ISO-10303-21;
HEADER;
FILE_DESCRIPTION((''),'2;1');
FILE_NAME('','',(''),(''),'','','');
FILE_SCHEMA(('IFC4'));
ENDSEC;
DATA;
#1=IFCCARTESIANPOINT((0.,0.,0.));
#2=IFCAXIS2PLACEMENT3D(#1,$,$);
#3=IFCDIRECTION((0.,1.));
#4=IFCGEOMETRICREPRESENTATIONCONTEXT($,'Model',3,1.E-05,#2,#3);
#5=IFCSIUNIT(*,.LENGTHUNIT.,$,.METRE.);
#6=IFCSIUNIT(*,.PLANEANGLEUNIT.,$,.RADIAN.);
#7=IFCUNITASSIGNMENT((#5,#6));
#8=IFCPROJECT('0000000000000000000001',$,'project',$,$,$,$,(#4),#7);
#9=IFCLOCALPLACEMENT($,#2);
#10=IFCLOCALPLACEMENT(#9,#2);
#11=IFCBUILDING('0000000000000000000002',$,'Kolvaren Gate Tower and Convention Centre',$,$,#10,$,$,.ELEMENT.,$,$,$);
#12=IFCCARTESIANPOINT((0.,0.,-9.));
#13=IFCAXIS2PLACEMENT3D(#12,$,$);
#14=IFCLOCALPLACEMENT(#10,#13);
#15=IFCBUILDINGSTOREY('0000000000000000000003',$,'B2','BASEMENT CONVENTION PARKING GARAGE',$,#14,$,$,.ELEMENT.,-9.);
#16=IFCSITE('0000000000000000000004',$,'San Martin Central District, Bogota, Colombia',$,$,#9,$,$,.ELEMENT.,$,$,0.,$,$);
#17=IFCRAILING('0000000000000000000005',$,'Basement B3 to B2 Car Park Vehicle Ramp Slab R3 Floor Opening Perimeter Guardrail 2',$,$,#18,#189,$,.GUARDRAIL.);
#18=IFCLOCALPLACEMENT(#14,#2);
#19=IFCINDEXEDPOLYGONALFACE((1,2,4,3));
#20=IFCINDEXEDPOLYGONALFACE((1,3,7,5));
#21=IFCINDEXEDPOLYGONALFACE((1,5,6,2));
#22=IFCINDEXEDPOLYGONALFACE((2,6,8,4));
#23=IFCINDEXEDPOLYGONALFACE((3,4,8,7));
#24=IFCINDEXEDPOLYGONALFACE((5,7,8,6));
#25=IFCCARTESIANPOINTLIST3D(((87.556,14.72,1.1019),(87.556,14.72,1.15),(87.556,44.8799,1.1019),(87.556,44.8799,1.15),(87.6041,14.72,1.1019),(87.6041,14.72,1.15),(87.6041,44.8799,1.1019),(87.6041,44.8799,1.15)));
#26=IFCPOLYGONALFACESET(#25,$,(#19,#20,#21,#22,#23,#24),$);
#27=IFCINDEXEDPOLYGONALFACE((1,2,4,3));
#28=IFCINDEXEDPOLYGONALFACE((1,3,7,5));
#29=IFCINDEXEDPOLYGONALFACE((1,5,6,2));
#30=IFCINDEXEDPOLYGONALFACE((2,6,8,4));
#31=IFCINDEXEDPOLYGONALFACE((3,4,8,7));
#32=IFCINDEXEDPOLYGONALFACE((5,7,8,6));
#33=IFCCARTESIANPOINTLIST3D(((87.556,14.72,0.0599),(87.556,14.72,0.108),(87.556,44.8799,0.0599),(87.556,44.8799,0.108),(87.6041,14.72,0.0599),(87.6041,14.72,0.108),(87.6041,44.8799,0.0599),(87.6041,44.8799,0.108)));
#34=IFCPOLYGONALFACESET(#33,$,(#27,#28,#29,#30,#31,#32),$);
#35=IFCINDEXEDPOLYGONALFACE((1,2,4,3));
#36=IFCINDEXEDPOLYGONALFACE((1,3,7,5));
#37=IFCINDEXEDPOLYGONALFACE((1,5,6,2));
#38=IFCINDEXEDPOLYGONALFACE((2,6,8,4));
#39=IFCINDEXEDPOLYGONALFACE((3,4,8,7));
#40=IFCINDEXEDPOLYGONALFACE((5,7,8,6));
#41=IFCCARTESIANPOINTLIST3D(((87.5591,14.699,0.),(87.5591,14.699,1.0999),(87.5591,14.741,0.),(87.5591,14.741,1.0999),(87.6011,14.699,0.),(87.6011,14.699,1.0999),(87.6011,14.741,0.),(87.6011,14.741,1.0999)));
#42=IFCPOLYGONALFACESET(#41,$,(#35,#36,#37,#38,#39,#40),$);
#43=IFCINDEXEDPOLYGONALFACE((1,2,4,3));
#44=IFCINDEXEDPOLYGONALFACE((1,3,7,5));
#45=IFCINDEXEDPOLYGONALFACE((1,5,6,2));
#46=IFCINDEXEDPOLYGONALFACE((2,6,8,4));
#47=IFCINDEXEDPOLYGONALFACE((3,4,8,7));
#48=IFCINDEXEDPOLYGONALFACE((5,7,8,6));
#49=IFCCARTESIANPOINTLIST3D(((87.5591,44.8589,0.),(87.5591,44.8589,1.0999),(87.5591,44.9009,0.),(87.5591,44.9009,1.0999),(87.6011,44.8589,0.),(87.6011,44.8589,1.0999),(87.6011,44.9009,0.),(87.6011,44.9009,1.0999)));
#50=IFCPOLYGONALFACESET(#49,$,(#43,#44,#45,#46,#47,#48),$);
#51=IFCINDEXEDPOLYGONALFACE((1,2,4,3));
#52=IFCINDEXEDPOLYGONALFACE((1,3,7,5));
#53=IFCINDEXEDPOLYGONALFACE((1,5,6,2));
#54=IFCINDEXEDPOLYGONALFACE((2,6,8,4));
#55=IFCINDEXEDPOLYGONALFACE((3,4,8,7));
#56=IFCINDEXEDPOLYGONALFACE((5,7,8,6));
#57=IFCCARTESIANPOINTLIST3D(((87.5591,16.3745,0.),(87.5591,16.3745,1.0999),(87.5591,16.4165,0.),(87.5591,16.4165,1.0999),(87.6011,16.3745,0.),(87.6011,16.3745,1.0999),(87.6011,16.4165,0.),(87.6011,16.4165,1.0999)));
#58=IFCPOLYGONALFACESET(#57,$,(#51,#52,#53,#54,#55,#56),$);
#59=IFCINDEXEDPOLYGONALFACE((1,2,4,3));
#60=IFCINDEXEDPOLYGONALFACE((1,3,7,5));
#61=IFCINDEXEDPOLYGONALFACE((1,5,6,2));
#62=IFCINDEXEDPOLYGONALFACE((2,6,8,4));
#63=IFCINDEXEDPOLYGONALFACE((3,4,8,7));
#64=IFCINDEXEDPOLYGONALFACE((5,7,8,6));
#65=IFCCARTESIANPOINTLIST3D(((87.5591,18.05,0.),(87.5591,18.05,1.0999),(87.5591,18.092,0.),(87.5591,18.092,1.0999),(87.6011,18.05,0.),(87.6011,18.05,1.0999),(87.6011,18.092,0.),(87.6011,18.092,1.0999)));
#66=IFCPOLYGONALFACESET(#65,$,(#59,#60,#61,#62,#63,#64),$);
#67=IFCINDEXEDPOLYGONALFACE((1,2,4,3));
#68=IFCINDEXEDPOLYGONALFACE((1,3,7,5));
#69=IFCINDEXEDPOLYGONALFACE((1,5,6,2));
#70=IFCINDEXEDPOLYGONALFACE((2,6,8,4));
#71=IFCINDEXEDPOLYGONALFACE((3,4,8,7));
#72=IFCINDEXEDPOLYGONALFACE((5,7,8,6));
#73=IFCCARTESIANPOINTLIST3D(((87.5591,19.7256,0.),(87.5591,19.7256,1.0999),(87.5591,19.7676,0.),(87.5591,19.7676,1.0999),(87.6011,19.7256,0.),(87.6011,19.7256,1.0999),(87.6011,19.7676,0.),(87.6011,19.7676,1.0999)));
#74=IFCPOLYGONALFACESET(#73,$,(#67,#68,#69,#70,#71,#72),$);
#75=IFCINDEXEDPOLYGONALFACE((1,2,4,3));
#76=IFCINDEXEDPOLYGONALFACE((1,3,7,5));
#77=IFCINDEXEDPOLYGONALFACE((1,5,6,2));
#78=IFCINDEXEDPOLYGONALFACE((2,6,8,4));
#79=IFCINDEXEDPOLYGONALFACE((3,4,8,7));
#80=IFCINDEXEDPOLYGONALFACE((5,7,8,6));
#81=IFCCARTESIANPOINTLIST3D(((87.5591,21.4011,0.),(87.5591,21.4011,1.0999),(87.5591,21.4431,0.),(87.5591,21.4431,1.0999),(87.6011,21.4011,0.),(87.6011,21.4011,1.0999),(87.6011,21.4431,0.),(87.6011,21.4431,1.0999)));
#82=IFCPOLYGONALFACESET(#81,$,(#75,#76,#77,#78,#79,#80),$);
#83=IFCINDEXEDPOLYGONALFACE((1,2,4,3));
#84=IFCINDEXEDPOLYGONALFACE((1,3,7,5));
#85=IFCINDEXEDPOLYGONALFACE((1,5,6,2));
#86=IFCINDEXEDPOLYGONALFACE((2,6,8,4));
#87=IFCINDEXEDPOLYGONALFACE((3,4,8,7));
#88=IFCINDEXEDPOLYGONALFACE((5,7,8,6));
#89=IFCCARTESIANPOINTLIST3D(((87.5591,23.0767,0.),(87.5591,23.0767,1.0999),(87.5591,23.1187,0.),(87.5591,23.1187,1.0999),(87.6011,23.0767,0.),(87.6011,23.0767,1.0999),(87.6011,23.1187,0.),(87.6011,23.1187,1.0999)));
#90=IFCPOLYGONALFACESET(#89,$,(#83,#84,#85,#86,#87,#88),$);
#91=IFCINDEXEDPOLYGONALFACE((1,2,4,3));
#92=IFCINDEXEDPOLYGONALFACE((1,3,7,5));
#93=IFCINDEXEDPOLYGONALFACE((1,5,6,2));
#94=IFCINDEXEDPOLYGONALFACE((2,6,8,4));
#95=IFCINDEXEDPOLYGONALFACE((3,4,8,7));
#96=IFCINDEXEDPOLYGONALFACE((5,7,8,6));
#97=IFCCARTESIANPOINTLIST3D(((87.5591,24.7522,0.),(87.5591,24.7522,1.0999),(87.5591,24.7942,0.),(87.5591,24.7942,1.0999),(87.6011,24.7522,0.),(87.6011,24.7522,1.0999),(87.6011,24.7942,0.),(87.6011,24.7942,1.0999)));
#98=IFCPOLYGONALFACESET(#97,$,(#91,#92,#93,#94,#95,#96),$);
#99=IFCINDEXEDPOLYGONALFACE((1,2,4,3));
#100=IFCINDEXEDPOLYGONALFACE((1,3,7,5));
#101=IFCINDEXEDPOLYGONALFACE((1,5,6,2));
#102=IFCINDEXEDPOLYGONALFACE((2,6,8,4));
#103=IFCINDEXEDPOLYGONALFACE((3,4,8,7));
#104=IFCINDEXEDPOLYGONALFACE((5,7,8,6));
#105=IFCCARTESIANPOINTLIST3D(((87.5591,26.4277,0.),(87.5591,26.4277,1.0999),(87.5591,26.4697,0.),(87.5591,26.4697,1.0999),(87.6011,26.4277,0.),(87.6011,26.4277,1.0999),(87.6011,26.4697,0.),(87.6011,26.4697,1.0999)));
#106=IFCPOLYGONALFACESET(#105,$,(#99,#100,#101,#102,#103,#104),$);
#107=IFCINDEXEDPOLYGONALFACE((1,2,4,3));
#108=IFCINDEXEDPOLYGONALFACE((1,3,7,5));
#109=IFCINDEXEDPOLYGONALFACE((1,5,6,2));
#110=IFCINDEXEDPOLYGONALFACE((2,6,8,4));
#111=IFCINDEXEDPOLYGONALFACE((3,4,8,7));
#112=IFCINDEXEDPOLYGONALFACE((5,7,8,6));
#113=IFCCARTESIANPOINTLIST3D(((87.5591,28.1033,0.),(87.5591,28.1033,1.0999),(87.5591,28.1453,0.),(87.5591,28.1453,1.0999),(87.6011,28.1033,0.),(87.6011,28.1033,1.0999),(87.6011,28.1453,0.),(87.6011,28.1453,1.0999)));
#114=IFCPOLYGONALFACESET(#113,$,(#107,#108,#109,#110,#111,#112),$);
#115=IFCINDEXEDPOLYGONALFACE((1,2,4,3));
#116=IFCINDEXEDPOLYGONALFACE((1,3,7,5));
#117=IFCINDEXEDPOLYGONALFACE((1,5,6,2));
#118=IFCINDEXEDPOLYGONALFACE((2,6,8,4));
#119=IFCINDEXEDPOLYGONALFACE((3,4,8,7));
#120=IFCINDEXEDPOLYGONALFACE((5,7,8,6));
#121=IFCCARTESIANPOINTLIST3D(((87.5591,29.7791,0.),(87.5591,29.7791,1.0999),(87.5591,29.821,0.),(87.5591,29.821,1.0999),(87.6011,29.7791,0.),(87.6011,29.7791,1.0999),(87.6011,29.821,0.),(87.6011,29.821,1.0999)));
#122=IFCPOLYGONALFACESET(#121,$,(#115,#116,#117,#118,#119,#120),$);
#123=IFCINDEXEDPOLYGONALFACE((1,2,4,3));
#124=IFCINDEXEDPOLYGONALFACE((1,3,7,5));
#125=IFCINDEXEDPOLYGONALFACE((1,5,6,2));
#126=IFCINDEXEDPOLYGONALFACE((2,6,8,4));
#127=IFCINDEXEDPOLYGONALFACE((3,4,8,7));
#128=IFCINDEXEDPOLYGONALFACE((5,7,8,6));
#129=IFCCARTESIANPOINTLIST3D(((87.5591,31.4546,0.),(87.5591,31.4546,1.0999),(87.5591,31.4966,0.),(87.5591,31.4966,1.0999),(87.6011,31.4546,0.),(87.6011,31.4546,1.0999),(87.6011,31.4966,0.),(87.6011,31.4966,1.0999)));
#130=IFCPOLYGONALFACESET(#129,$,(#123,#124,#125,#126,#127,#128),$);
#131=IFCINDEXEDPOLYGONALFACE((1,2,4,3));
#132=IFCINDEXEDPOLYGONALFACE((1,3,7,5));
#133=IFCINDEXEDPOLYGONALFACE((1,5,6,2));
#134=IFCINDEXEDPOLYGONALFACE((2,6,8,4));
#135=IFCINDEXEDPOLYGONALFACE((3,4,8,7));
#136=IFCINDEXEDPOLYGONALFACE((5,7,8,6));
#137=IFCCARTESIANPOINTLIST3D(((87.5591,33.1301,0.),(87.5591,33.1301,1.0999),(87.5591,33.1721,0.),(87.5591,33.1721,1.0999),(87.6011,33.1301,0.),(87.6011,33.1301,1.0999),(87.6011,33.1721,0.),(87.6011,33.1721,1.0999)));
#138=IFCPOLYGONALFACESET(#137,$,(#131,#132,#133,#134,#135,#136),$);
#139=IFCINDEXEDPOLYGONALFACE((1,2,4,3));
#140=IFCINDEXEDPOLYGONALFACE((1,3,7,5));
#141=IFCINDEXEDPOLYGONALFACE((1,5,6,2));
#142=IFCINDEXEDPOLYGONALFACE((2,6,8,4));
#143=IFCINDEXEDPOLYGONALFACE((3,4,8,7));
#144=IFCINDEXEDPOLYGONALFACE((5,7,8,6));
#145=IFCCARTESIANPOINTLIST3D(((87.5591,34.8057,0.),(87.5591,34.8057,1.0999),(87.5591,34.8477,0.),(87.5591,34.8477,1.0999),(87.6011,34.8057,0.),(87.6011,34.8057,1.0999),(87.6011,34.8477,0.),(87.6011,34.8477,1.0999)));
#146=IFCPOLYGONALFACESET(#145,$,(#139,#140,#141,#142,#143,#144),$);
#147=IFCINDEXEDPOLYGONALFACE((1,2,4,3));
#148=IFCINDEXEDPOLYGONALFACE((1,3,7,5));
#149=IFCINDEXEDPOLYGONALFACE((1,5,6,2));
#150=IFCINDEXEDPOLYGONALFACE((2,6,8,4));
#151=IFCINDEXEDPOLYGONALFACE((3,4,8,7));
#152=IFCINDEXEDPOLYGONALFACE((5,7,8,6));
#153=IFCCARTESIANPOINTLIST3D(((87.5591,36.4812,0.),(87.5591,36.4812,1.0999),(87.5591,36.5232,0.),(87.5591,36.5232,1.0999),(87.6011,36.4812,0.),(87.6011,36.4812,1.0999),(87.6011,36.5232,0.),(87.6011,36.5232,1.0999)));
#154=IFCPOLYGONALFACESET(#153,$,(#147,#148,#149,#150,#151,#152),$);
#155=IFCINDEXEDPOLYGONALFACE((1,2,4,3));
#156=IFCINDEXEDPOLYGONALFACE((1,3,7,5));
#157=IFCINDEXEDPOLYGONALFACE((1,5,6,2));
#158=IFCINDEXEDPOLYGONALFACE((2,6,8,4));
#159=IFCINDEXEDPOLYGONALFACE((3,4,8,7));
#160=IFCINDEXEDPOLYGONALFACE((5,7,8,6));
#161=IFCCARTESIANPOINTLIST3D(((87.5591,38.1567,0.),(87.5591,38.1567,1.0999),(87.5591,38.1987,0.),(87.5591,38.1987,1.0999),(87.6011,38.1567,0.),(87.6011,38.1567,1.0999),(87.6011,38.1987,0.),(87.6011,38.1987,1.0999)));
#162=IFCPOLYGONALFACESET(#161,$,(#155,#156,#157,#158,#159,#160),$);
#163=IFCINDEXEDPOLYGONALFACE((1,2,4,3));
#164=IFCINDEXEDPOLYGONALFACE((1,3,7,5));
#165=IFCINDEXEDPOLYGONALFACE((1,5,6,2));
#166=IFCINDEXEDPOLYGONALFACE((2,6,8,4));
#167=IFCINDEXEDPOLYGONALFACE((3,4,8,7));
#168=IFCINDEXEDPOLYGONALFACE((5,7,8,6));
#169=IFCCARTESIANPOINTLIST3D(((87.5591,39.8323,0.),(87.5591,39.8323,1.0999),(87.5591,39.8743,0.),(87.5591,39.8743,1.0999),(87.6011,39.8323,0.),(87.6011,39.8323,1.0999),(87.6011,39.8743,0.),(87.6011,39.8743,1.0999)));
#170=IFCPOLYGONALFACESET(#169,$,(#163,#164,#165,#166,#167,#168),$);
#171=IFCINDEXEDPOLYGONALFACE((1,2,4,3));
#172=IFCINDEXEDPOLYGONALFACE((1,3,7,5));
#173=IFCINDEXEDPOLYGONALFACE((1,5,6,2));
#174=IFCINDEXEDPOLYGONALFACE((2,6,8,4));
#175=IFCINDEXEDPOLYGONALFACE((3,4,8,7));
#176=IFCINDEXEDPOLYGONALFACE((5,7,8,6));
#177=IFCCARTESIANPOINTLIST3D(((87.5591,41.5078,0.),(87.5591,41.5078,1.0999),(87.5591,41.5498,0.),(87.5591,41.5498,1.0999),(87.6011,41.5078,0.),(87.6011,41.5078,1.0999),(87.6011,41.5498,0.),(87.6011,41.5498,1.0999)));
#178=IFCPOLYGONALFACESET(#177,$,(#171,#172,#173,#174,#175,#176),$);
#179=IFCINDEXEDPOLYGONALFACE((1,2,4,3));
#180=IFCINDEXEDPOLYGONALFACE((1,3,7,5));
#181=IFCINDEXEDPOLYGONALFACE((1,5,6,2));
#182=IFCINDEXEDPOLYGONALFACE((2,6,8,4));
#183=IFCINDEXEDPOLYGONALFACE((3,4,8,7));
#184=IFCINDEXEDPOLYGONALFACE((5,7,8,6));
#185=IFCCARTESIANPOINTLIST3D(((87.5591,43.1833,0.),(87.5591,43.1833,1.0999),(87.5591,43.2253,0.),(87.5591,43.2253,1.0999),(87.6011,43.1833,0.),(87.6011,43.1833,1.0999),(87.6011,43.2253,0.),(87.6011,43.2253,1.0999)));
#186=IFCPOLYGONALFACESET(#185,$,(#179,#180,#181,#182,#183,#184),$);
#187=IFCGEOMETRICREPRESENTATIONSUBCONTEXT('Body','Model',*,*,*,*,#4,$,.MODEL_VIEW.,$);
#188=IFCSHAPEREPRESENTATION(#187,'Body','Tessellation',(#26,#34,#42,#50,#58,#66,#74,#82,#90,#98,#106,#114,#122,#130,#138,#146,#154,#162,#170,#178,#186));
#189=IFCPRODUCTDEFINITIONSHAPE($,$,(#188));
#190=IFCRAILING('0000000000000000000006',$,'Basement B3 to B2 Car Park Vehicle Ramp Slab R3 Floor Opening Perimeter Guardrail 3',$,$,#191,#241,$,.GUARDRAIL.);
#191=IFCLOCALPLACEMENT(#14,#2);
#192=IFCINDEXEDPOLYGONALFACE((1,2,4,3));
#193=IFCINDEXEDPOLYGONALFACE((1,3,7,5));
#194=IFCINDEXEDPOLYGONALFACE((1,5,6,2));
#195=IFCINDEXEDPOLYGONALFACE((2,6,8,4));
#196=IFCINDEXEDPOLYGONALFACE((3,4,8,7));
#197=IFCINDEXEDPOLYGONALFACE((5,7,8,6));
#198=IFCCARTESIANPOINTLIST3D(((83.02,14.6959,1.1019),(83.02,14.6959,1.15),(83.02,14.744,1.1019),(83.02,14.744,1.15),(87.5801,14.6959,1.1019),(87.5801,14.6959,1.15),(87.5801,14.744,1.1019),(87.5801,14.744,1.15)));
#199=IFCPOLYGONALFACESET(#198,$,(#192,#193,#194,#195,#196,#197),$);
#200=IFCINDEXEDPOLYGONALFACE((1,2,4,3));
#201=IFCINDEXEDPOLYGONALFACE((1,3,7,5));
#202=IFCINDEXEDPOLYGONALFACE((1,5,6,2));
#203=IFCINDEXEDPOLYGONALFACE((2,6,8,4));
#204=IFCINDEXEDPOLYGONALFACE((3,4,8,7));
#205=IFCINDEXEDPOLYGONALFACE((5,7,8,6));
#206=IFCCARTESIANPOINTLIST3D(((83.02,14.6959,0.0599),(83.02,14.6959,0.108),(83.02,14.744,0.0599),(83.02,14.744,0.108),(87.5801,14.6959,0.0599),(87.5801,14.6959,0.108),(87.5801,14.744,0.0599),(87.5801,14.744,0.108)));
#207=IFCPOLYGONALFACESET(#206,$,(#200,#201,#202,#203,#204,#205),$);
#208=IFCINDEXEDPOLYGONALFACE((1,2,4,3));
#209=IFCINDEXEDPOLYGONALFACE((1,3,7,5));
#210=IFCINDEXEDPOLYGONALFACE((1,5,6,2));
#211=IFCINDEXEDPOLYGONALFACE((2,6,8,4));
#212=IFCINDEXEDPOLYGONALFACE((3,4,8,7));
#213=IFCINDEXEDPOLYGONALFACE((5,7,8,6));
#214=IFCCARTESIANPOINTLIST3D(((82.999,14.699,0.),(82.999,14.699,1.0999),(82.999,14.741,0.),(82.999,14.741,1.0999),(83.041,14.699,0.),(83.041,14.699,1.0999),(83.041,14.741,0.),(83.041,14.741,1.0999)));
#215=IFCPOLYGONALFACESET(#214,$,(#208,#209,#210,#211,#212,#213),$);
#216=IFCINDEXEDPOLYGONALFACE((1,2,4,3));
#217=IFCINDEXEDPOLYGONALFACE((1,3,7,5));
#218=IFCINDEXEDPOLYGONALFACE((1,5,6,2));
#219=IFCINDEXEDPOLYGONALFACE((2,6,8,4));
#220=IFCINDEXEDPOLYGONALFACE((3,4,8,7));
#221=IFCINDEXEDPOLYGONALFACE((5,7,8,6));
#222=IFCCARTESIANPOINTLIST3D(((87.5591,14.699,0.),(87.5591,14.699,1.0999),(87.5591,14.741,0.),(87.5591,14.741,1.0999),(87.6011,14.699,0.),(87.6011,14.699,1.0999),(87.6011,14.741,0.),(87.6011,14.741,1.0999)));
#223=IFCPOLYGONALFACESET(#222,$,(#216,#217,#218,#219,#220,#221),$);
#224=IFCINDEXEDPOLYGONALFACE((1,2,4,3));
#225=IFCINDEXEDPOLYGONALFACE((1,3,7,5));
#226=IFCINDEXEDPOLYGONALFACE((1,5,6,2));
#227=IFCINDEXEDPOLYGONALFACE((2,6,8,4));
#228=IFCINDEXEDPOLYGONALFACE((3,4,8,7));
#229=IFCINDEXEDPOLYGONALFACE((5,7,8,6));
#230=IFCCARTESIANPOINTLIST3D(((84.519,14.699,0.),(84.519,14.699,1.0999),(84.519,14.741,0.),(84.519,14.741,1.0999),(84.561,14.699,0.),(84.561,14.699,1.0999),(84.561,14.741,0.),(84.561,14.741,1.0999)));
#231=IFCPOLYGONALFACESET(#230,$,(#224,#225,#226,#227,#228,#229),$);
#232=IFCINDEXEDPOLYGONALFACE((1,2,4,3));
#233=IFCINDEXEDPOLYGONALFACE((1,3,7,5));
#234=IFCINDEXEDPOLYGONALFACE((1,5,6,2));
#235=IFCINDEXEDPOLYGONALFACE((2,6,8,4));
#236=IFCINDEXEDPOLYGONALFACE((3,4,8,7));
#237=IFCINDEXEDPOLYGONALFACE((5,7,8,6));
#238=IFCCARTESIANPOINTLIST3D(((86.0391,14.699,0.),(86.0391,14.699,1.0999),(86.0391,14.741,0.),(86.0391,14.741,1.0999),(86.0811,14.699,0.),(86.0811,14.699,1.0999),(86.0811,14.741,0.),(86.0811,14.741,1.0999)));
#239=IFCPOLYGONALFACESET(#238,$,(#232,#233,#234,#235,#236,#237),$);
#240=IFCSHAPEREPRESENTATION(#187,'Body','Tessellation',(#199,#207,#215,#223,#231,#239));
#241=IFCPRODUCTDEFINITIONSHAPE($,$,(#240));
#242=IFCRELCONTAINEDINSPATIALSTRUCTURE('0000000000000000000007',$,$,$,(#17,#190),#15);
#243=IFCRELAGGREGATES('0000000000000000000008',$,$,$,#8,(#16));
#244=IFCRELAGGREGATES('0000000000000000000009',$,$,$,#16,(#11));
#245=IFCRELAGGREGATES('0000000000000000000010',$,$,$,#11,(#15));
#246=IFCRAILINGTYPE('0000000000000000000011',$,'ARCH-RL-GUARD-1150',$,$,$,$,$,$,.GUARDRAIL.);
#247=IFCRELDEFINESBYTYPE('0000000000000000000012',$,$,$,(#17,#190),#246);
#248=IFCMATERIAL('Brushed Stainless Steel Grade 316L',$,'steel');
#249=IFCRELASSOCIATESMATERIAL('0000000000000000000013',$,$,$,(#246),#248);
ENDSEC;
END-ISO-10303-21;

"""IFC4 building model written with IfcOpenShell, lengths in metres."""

from ifc_helpers import new_model, si_unit, direction, frame, origin, origin_2d, place, context, subcontext, project, spatial, rectangle, extrude, material, type_object, element, save


model = new_model("IFC4")

# Units and contexts
model_context = context("Model", 3, precision=1e-05, world=origin(), true_north=direction((0.0, 1.0)))
body_context = subcontext(model_context, "Body", "Model", "MODEL_VIEW")
ifc_project = project(units=[si_unit("LENGTHUNIT", "METRE"), si_unit("PLANEANGLEUNIT", "RADIAN")], contexts=[model_context])

# Site, building, storey
site_placement = place(None, origin())
site = spatial("IfcSite", under=ifc_project, at=site_placement, Name="San Martin Central District, Bogota, Colombia", CompositionType="ELEMENT", RefElevation=0.0)
building_placement = place(site_placement, origin())
building = spatial("IfcBuilding", under=site, at=building_placement, Name="Kolvaren Gate Tower and Convention Centre", CompositionType="ELEMENT")
storey_placement = place(building_placement, frame((0.0, 0.0, -9.0)))
storey = spatial("IfcBuildingStorey", under=building, at=storey_placement, Name="B2", Description="BASEMENT CONVENTION PARKING GARAGE", CompositionType="ELEMENT", Elevation=-9.0)

# Railings
ifc_material_1 = material(Name="Brushed Stainless Steel Grade 316L", Category="steel")
railing_type_1 = type_object("IfcRailingType", Name="ARCH-RL-GUARD-1150", PredefinedType="GUARDRAIL", material=ifc_material_1)
railing_1_placement = place(storey_placement, frame((87.5801, 14.72, 0.0)))
element("IfcRailing", 1, at=railing_1_placement, inside=storey, type_object=railing_type_1, Name="Basement B3 to B2 Car Park Vehicle Ramp Slab R3 Floor Opening Perimeter Guardrail 2", PredefinedType="GUARDRAIL", context=body_context, shape_type="SweptSolid", body=[
    extrude(rectangle(XDim=0.0481, YDim=0.0481, at=origin_2d()), frame((0.0, 0.0, 1.126), z_axis=(0.0, 1.0, 0.0), x_axis=(-1.0, 0.0, 0.0)), (0.0, 0.0, 1.0), 30.1599),
    extrude(rectangle(XDim=0.0481, YDim=0.0481, at=origin_2d()), frame((0.0, 0.0, 0.084), z_axis=(0.0, 1.0, 0.0), x_axis=(-1.0, 0.0, 0.0)), (0.0, 0.0, 1.0), 30.1599),
    extrude(rectangle(XDim=0.042, YDim=0.042, at=origin_2d()), origin(), (0.0, 0.0, 1.0), 1.0999),
    extrude(rectangle(XDim=0.042, YDim=0.042, at=origin_2d()), frame((0.0, 30.1599, 0.0)), (0.0, 0.0, 1.0), 1.0999),
    extrude(rectangle(XDim=0.042, YDim=0.042, at=origin_2d()), frame((0.0, 1.6755, 0.0)), (0.0, 0.0, 1.0), 1.0999),
    extrude(rectangle(XDim=0.042, YDim=0.042, at=origin_2d()), frame((0.0, 3.3511, 0.0)), (0.0, 0.0, 1.0), 1.0999),
    extrude(rectangle(XDim=0.042, YDim=0.042, at=origin_2d()), frame((0.0, 5.0266, 0.0)), (0.0, 0.0, 1.0), 1.0999),
    extrude(rectangle(XDim=0.042, YDim=0.042, at=origin_2d()), frame((0.0, 6.7021, 0.0)), (0.0, 0.0, 1.0), 1.0999),
    extrude(rectangle(XDim=0.042, YDim=0.042, at=origin_2d()), frame((0.0, 8.3777, 0.0)), (0.0, 0.0, 1.0), 1.0999),
    extrude(rectangle(XDim=0.042, YDim=0.042, at=origin_2d()), frame((0.0, 10.0532, 0.0)), (0.0, 0.0, 1.0), 1.0999),
    extrude(rectangle(XDim=0.042, YDim=0.042, at=origin_2d()), frame((0.0, 11.7288, 0.0)), (0.0, 0.0, 1.0), 1.0999),
    extrude(rectangle(XDim=0.042, YDim=0.042, at=origin_2d()), frame((0.0, 13.4043, 0.0)), (0.0, 0.0, 1.0), 1.0999),
    extrude(rectangle(XDim=0.042, YDim=0.042, at=origin_2d()), frame((0.0, 15.0801, 0.0)), (0.0, 0.0, 1.0), 1.0999),
    extrude(rectangle(XDim=0.042, YDim=0.042, at=origin_2d()), frame((0.0, 16.7556, 0.0)), (0.0, 0.0, 1.0), 1.0999),
    extrude(rectangle(XDim=0.042, YDim=0.042, at=origin_2d()), frame((0.0, 18.4312, 0.0)), (0.0, 0.0, 1.0), 1.0999),
    extrude(rectangle(XDim=0.042, YDim=0.042, at=origin_2d()), frame((0.0, 20.1067, 0.0)), (0.0, 0.0, 1.0), 1.0999),
    extrude(rectangle(XDim=0.042, YDim=0.042, at=origin_2d()), frame((0.0, 21.7822, 0.0)), (0.0, 0.0, 1.0), 1.0999),
    extrude(rectangle(XDim=0.042, YDim=0.042, at=origin_2d()), frame((0.0, 23.4578, 0.0)), (0.0, 0.0, 1.0), 1.0999),
    extrude(rectangle(XDim=0.042, YDim=0.042, at=origin_2d()), frame((0.0, 25.1333, 0.0)), (0.0, 0.0, 1.0), 1.0999),
    extrude(rectangle(XDim=0.042, YDim=0.042, at=origin_2d()), frame((0.0, 26.8088, 0.0)), (0.0, 0.0, 1.0), 1.0999),
    extrude(rectangle(XDim=0.042, YDim=0.042, at=origin_2d()), frame((0.0, 28.4844, 0.0)), (0.0, 0.0, 1.0), 1.0999),
])
railing_2_placement = place(storey_placement, frame((83.02, 14.72, 0.0)))
element("IfcRailing", 2, at=railing_2_placement, inside=storey, type_object=railing_type_1, Name="Basement B3 to B2 Car Park Vehicle Ramp Slab R3 Floor Opening Perimeter Guardrail 3", PredefinedType="GUARDRAIL", context=body_context, shape_type="SweptSolid", body=[
    extrude(rectangle(XDim=0.0481, YDim=0.0481, at=origin_2d()), frame((0.0, 0.0, 1.126), z_axis=(1.0, 0.0, 0.0), x_axis=(0.0, 1.0, 0.0)), (0.0, 0.0, 1.0), 4.5601),
    extrude(rectangle(XDim=0.0481, YDim=0.0481, at=origin_2d()), frame((0.0, 0.0, 0.084), z_axis=(1.0, 0.0, 0.0), x_axis=(0.0, 1.0, 0.0)), (0.0, 0.0, 1.0), 4.5601),
    extrude(rectangle(XDim=0.042, YDim=0.042, at=origin_2d()), origin(), (0.0, 0.0, 1.0), 1.0999),
    extrude(rectangle(XDim=0.042, YDim=0.042, at=origin_2d()), frame((4.5601, 0.0, 0.0)), (0.0, 0.0, 1.0), 1.0999),
    extrude(rectangle(XDim=0.042, YDim=0.042, at=origin_2d()), frame((1.52, 0.0, 0.0)), (0.0, 0.0, 1.0), 1.0999),
    extrude(rectangle(XDim=0.042, YDim=0.042, at=origin_2d()), frame((3.04, 0.0, 0.0)), (0.0, 0.0, 1.0), 1.0999),
])

save(model, "model.ifc")
